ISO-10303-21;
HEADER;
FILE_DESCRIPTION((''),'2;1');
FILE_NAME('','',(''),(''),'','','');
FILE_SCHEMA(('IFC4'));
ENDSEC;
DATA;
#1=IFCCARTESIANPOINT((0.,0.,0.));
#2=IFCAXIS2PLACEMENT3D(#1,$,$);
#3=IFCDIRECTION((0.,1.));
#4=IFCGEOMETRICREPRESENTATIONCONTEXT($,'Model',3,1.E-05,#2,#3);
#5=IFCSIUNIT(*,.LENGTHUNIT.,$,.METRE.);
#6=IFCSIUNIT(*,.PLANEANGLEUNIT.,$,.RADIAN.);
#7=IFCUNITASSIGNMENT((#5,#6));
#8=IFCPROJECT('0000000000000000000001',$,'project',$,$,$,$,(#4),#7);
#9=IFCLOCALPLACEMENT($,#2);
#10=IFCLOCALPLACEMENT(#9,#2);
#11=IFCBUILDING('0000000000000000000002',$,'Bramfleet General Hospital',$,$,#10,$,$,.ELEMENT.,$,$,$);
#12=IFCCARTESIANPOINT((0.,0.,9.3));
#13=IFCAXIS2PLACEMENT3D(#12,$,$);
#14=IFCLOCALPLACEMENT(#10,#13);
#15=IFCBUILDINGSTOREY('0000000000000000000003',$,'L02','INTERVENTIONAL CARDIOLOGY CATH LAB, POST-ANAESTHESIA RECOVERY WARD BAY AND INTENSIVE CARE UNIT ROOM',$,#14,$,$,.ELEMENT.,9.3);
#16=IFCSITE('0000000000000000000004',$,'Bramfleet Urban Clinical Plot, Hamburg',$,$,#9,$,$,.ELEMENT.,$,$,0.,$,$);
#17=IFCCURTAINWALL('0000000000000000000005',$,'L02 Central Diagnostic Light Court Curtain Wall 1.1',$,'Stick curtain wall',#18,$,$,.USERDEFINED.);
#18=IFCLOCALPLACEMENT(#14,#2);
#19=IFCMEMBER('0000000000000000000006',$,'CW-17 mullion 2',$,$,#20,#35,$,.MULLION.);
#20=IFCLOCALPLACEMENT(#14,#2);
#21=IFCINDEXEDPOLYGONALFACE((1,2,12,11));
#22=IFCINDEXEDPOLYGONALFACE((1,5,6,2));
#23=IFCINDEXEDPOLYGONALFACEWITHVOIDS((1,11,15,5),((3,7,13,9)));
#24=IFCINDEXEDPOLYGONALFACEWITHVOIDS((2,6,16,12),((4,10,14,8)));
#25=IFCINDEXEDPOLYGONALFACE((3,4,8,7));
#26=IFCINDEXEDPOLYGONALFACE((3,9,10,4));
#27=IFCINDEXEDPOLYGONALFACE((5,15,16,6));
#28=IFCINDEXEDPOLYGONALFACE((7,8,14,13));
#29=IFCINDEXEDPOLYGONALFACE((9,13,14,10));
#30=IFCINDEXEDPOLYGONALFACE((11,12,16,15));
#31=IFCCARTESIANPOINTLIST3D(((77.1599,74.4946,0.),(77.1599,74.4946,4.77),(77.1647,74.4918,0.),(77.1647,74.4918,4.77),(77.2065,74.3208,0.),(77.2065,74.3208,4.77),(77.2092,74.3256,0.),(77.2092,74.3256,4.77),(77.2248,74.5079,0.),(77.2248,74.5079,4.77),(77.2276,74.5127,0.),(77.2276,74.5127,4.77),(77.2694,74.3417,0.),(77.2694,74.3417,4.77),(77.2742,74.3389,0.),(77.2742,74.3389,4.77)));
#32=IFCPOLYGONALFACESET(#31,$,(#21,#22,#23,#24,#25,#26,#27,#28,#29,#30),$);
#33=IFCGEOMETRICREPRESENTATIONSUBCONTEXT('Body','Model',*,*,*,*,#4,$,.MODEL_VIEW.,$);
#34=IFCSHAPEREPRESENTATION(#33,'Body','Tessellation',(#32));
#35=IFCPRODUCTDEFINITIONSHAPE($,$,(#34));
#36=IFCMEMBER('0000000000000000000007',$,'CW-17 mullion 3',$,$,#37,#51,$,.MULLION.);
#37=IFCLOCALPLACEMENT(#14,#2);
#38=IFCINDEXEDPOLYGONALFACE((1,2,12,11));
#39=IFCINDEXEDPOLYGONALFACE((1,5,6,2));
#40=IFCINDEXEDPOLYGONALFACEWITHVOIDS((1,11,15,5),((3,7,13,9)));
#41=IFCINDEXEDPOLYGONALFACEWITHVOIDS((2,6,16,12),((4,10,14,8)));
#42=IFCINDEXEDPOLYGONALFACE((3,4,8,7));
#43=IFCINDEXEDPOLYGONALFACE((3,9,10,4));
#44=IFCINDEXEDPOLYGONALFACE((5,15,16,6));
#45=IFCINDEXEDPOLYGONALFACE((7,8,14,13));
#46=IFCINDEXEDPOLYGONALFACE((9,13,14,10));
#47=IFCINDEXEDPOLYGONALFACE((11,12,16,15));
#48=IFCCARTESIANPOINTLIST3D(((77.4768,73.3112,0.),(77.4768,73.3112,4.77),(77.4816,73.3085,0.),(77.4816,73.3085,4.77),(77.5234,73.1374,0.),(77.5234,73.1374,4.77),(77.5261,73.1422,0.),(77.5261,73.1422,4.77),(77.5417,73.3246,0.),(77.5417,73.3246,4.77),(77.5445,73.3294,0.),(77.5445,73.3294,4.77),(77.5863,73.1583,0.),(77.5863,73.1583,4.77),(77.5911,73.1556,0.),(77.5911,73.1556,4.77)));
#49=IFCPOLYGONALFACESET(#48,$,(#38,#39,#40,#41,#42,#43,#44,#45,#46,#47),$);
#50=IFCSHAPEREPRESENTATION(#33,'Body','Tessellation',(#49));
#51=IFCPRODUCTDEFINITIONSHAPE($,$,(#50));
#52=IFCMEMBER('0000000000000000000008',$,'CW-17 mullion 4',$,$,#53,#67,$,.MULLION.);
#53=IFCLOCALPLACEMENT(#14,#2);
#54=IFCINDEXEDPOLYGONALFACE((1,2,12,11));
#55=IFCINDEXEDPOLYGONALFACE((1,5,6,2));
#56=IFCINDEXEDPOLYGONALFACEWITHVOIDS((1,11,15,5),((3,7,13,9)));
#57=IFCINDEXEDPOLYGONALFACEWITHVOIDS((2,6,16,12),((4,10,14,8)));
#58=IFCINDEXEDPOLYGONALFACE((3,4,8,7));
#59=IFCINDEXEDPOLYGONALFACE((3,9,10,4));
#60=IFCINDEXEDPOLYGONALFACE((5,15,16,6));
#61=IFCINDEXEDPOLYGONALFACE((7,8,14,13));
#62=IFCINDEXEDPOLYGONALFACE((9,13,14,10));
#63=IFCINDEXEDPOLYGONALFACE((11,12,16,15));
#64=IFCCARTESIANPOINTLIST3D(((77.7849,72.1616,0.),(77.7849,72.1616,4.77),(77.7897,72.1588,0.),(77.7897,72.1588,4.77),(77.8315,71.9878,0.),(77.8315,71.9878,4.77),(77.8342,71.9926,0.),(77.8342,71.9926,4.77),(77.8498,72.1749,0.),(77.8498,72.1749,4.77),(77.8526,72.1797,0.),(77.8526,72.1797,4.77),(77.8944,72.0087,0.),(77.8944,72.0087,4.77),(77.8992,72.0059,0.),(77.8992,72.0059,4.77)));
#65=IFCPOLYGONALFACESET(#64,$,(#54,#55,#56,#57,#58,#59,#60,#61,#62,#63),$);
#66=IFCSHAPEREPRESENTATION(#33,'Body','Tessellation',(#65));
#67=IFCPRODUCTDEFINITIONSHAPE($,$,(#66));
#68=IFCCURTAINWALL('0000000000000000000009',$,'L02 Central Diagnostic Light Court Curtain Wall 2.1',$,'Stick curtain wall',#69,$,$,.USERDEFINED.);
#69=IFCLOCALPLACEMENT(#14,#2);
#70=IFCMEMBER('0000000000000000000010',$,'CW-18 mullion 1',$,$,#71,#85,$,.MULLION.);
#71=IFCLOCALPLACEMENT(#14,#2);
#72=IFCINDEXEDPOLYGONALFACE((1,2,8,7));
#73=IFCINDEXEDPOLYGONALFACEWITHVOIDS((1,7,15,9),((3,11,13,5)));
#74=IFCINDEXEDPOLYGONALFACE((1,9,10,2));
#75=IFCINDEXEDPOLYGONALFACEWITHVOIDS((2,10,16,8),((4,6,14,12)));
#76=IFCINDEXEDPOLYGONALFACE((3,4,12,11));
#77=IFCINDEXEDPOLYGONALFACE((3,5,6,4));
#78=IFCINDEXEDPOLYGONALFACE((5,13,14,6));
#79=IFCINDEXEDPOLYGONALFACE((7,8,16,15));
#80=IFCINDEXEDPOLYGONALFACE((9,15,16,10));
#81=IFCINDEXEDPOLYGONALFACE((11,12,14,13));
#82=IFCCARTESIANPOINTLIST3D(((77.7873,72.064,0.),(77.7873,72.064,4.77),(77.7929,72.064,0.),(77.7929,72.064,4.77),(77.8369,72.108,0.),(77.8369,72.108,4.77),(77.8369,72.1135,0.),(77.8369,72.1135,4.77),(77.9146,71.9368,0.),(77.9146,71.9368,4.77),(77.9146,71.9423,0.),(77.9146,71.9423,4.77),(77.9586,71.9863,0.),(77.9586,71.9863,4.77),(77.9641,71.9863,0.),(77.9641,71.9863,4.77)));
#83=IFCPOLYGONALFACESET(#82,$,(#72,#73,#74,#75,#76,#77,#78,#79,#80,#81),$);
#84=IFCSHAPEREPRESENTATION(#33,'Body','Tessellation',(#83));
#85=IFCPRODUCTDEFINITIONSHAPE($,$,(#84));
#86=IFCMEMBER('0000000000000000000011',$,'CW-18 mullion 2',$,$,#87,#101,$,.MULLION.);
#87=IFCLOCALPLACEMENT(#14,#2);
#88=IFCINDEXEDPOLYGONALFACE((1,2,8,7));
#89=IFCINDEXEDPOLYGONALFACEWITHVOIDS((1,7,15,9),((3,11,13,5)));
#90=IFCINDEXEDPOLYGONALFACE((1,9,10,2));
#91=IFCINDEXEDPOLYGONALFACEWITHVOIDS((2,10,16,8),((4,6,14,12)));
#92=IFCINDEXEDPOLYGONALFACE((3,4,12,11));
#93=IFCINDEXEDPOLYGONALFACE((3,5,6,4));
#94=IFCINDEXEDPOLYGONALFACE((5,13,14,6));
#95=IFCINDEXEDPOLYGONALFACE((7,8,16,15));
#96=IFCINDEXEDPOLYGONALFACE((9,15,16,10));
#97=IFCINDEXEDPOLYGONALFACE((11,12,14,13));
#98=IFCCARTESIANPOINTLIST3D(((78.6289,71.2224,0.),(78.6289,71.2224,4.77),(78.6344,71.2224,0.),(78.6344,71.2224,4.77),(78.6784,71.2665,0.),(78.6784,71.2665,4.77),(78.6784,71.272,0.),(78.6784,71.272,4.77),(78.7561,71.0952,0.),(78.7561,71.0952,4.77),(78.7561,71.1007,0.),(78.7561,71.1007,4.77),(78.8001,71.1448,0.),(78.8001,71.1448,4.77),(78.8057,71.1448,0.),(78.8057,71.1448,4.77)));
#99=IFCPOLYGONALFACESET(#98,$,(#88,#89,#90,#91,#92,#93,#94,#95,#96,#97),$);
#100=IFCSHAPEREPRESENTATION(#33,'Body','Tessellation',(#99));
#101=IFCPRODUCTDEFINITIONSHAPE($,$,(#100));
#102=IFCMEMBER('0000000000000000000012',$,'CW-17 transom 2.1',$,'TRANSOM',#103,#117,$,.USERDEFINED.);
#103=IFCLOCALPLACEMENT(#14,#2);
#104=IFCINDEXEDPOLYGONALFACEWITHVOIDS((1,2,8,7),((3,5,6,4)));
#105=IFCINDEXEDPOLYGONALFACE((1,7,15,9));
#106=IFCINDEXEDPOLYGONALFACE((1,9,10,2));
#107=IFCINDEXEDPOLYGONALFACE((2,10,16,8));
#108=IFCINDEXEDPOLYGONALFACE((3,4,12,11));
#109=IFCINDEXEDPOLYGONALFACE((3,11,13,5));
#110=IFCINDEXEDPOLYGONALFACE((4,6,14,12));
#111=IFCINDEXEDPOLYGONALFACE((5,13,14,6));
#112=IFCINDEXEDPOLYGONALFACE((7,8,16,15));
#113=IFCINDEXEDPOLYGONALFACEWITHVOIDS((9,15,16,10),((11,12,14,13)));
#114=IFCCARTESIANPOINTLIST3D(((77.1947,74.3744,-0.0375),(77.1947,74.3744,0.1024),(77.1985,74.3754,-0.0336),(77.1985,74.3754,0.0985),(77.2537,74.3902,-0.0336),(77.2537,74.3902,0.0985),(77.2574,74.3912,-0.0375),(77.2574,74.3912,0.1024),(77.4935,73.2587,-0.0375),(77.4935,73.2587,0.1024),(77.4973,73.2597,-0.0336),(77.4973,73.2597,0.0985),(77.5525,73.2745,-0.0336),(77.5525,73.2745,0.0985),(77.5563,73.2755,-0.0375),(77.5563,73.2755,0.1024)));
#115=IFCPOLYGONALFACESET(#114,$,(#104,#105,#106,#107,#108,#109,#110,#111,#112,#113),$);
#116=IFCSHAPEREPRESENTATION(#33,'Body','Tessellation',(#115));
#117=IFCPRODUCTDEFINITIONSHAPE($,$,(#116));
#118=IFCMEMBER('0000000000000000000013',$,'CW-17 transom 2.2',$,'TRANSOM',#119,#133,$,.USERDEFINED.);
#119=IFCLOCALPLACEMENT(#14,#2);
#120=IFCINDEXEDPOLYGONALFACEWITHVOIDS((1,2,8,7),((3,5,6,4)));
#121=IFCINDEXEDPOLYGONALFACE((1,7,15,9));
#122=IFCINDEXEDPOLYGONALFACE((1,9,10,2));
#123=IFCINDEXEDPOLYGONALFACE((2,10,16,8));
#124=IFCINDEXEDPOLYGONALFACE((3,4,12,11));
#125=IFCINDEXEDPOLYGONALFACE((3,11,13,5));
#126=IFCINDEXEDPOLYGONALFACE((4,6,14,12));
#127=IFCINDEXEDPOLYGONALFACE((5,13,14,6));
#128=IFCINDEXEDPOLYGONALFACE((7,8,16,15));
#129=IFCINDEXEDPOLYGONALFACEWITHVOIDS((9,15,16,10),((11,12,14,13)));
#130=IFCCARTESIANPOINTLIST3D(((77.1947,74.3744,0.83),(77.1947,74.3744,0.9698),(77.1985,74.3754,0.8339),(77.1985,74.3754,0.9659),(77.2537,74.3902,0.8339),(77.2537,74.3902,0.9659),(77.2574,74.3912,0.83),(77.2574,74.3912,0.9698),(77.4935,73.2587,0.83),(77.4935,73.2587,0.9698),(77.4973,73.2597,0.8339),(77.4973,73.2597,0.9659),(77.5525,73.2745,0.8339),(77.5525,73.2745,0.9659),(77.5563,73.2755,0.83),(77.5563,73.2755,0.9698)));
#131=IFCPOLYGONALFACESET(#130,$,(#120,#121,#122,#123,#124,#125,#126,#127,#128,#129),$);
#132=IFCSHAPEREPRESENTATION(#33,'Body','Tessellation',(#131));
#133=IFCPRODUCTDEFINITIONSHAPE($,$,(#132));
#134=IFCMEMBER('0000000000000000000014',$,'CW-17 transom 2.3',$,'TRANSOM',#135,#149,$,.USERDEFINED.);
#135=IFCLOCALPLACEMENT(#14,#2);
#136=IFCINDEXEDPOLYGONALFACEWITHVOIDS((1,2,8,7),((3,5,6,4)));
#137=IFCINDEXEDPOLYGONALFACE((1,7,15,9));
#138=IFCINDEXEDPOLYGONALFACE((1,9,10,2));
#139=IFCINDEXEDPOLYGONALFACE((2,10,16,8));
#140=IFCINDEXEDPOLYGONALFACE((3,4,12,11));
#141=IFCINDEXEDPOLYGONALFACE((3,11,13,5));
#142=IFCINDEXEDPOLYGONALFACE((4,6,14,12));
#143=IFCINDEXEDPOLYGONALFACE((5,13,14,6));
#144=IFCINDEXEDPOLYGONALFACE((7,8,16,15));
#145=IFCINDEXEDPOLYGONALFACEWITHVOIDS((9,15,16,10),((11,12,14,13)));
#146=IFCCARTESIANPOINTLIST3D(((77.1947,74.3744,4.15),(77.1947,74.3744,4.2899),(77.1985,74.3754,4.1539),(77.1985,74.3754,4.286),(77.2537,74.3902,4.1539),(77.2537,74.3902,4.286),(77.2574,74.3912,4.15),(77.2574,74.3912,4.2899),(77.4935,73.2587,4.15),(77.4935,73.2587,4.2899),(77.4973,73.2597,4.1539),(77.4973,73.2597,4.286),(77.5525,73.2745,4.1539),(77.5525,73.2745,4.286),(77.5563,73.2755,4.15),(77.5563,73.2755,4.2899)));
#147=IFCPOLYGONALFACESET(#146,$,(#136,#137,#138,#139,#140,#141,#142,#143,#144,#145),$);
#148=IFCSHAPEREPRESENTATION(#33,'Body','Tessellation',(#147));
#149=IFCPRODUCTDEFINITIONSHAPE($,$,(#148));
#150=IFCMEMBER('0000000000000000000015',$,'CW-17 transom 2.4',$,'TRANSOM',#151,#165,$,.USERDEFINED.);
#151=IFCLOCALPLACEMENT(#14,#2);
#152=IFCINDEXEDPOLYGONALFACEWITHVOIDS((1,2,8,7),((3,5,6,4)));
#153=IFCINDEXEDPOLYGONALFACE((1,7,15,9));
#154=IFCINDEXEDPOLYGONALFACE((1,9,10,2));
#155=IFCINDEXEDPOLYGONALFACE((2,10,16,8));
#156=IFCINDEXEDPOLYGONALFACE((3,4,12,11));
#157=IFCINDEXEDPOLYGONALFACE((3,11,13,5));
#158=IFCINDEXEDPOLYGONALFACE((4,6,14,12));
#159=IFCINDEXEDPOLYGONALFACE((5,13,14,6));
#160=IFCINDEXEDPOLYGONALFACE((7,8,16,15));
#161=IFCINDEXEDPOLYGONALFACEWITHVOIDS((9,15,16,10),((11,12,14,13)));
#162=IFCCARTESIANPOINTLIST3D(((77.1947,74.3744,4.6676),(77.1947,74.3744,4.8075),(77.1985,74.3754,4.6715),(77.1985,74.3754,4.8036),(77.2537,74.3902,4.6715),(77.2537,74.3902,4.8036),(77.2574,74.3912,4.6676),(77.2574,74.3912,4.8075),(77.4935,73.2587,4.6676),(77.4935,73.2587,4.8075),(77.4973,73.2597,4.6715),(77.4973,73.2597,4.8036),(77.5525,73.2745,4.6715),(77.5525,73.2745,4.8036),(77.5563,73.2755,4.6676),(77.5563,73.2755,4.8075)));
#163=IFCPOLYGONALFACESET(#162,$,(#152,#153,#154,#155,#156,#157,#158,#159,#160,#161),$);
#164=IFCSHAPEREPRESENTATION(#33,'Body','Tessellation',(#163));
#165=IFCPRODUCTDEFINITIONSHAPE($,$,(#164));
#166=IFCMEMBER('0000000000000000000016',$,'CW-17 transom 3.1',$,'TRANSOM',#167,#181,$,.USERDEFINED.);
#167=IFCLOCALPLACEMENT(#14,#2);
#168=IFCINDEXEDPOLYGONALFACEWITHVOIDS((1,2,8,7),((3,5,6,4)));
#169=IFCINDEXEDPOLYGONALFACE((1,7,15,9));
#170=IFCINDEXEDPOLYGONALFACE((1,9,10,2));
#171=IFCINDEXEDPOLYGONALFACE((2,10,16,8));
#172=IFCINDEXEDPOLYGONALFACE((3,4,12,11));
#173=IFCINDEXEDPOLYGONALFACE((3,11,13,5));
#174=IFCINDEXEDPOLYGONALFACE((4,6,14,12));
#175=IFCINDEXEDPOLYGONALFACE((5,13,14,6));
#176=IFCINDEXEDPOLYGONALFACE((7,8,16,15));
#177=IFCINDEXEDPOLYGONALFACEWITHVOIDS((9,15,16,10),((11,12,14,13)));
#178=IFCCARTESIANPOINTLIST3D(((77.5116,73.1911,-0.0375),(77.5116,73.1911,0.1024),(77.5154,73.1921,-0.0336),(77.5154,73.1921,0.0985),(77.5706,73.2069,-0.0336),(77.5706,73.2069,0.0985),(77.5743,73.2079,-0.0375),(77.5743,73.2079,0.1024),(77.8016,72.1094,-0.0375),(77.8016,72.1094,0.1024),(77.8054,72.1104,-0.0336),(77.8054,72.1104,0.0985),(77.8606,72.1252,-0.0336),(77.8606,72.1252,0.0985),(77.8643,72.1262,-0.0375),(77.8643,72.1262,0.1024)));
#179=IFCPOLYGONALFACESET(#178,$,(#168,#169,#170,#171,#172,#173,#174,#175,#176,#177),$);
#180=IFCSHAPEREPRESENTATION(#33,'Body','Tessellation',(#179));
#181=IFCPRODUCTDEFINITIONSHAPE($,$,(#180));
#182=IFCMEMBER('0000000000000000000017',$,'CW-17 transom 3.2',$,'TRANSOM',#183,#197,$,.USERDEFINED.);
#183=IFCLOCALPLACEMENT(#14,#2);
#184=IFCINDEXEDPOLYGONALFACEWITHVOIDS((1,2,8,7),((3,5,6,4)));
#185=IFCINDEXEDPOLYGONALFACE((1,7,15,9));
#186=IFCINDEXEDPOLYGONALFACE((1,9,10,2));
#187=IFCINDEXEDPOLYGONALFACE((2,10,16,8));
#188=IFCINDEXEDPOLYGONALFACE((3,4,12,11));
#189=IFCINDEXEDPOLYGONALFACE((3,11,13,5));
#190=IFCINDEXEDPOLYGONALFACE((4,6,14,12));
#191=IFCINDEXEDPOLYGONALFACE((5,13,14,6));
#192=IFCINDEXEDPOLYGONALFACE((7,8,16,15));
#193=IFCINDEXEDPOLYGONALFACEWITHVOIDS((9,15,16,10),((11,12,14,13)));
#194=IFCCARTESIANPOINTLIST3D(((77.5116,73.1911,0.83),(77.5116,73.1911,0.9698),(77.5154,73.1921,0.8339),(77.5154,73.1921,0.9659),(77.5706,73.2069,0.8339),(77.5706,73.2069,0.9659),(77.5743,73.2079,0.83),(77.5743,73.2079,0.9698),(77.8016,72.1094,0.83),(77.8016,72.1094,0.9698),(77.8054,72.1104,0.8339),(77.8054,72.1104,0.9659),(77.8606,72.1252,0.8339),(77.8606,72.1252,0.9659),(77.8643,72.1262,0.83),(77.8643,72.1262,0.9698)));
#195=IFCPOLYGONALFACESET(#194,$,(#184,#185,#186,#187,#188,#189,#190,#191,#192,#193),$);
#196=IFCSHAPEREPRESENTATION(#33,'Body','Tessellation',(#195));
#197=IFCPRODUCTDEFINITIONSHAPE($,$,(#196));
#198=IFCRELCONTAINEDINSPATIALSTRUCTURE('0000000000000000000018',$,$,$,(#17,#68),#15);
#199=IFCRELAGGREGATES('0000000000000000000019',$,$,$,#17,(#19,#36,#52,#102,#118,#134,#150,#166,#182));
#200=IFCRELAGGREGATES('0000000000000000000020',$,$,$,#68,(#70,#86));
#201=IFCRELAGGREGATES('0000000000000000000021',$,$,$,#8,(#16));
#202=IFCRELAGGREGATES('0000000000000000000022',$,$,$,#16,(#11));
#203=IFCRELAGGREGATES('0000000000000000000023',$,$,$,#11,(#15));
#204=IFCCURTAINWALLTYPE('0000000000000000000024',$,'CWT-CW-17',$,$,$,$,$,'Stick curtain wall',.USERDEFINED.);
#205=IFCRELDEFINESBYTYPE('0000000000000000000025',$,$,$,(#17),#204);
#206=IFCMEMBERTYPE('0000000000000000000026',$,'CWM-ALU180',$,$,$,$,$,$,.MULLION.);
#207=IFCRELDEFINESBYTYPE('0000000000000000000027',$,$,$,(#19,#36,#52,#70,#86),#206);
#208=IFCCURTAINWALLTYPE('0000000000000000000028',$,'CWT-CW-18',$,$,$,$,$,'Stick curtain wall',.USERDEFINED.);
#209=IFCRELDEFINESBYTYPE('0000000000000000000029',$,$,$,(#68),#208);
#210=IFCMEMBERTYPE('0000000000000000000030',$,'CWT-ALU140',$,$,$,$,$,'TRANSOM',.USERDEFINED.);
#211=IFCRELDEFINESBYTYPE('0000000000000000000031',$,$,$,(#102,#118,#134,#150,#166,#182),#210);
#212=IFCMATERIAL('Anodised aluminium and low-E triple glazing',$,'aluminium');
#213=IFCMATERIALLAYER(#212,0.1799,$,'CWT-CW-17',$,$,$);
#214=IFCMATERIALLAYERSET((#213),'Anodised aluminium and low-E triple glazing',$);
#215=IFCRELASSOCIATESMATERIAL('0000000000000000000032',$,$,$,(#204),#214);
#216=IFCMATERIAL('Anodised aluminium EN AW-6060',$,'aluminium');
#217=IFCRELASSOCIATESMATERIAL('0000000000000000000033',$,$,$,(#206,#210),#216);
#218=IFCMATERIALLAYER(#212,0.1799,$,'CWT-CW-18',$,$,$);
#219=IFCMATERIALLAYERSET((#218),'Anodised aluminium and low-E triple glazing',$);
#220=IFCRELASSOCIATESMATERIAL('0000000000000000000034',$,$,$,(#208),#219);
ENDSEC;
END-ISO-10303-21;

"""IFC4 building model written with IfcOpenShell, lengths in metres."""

from ifc_helpers import new_model, si_unit, direction, frame, origin, origin_2d, place, context, subcontext, project, spatial, hollow_rectangle, extrude, material, layer, layer_set, material_profile, profile_set, type_object, element, aggregate, save


model = new_model("IFC4")

# Units and contexts
model_context = context("Model", 3, precision=1e-05, world=origin(), true_north=direction((0.0, 1.0)))
body_context = subcontext(model_context, "Body", "Model", "MODEL_VIEW")
ifc_project = project(units=[si_unit("LENGTHUNIT", "METRE"), si_unit("PLANEANGLEUNIT", "RADIAN")], contexts=[model_context])

# Site, building, storey
site_placement = place(None, origin())
site = spatial("IfcSite", under=ifc_project, at=site_placement, Name="Bramfleet Urban Clinical Plot, Hamburg", CompositionType="ELEMENT", RefElevation=0.0)
building_placement = place(site_placement, origin())
building = spatial("IfcBuilding", under=site, at=building_placement, Name="Bramfleet General Hospital", CompositionType="ELEMENT")
storey_placement = place(building_placement, frame((0.0, 0.0, 9.3)))
storey = spatial("IfcBuildingStorey", under=building, at=storey_placement, Name="L02", Description="INTERVENTIONAL CARDIOLOGY CATH LAB, POST-ANAESTHESIA RECOVERY WARD BAY AND INTENSIVE CARE UNIT ROOM", CompositionType="ELEMENT", Elevation=9.3)

# Curtain walls, members
ifc_material_1 = material(Name="Anodised aluminium and low-E triple glazing", Category="aluminium")
ifc_layer_1 = layer(ifc_material_1, 0.1799, Name="CWT-CW-17")
ifc_layer_set_1 = layer_set([ifc_layer_1], Name="Anodised aluminium and low-E triple glazing")
curtain_wall_type_1 = type_object("IfcCurtainWallType", Name="CWT-CW-17", ElementType="Stick curtain wall", PredefinedType="USERDEFINED", material=ifc_layer_set_1)
curtain_wall_1_placement = place(storey_placement, origin())
curtain_wall_1 = element("IfcCurtainWall", 1, at=curtain_wall_1_placement, inside=storey, type_object=curtain_wall_type_1, Name="L02 Central Diagnostic Light Court Curtain Wall 1.1", ObjectType="Stick curtain wall", PredefinedType="USERDEFINED")
ifc_material_2 = material(Name="Anodised aluminium EN AW-6060", Category="aluminium")
ifc_material_profile_1 = material_profile(ifc_material_2, hollow_rectangle(XDim=0.0701, YDim=0.1799, WallThickness=0.0039, at=origin_2d()), Name="ALU 180x70x4.0")
ifc_profile_set_1 = profile_set([ifc_material_profile_1], Name="Anodised aluminium EN AW-6060")
member_type_1 = type_object("IfcMemberType", Name="CWM-ALU180", PredefinedType="MULLION", material=ifc_profile_set_1)
member_1_placement = place(storey_placement, frame((77.217, 74.4167, 0.0), z_axis=(0.0, 0.0, 1.0), x_axis=(0.965941, 0.258763, 0.0)))
member_1 = element("IfcMember", 2, at=member_1_placement, type_object=member_type_1, Name="CW-17 mullion 2", PredefinedType="MULLION", context=body_context, shape_type="SweptSolid", body=[
    extrude(hollow_rectangle(XDim=0.0701, YDim=0.1799, WallThickness=0.0039, at=origin_2d()), origin(), (0.0, 0.0, 1.0), 4.77),
])
member_2_placement = place(storey_placement, frame((77.5339, 73.2334, 0.0), z_axis=(0.0, 0.0, 1.0), x_axis=(0.965941, 0.258763, 0.0)))
member_2 = element("IfcMember", 3, at=member_2_placement, type_object=member_type_1, Name="CW-17 mullion 3", PredefinedType="MULLION", context=body_context, shape_type="SweptSolid", body=[
    extrude(hollow_rectangle(XDim=0.0701, YDim=0.1799, WallThickness=0.0039, at=origin_2d()), origin(), (0.0, 0.0, 1.0), 4.77),
])
member_3_placement = place(storey_placement, frame((77.842, 72.0837, 0.0), z_axis=(0.0, 0.0, 1.0), x_axis=(0.965941, 0.258763, 0.0)))
member_3 = element("IfcMember", 4, at=member_3_placement, type_object=member_type_1, Name="CW-17 mullion 4", PredefinedType="MULLION", context=body_context, shape_type="SweptSolid", body=[
    extrude(hollow_rectangle(XDim=0.0701, YDim=0.1799, WallThickness=0.0039, at=origin_2d()), origin(), (0.0, 0.0, 1.0), 4.77),
])
ifc_layer_2 = layer(ifc_material_1, 0.1799, Name="CWT-CW-18")
ifc_layer_set_2 = layer_set([ifc_layer_2], Name="Anodised aluminium and low-E triple glazing")
curtain_wall_type_2 = type_object("IfcCurtainWallType", Name="CWT-CW-18", ElementType="Stick curtain wall", PredefinedType="USERDEFINED", material=ifc_layer_set_2)
curtain_wall_2_placement = place(storey_placement, origin())
curtain_wall_2 = element("IfcCurtainWall", 5, at=curtain_wall_2_placement, inside=storey, type_object=curtain_wall_type_2, Name="L02 Central Diagnostic Light Court Curtain Wall 2.1", ObjectType="Stick curtain wall", PredefinedType="USERDEFINED")
member_4_placement = place(storey_placement, frame((77.8757, 72.0251, 0.0), z_axis=(0.0, 0.0, 1.0), x_axis=(0.707107, 0.707107, 0.0)))
member_4 = element("IfcMember", 6, at=member_4_placement, type_object=member_type_1, Name="CW-18 mullion 1", PredefinedType="MULLION", context=body_context, shape_type="SweptSolid", body=[
    extrude(hollow_rectangle(XDim=0.0701, YDim=0.1799, WallThickness=0.0039, at=origin_2d()), origin(), (0.0, 0.0, 1.0), 4.77),
])
member_5_placement = place(storey_placement, frame((78.7173, 71.1836, 0.0), z_axis=(0.0, 0.0, 1.0), x_axis=(0.707107, 0.707107, 0.0)))
member_5 = element("IfcMember", 7, at=member_5_placement, type_object=member_type_1, Name="CW-18 mullion 2", PredefinedType="MULLION", context=body_context, shape_type="SweptSolid", body=[
    extrude(hollow_rectangle(XDim=0.0701, YDim=0.1799, WallThickness=0.0039, at=origin_2d()), origin(), (0.0, 0.0, 1.0), 4.77),
])

# Members
ifc_material_profile_2 = material_profile(ifc_material_2, hollow_rectangle(XDim=0.0649, YDim=0.1399, WallThickness=0.0039, at=origin_2d()), Name="ALU 140x65x4.0")
ifc_profile_set_2 = profile_set([ifc_material_profile_2], Name="Anodised aluminium EN AW-6060")
member_type_2 = type_object("IfcMemberType", Name="CWT-ALU140", ElementType="TRANSOM", PredefinedType="USERDEFINED", material=ifc_profile_set_2)
member_6_placement = place(storey_placement, frame((77.2261, 74.3828, 0.0325), z_axis=(0.258715, -0.965954, 0.0), x_axis=(0.965954, 0.258715, 0.0)))
member_6 = element("IfcMember", 8, at=member_6_placement, type_object=member_type_2, Name="CW-17 transom 2.1", ObjectType="TRANSOM", PredefinedType="USERDEFINED", context=body_context, shape_type="SweptSolid", body=[
    extrude(hollow_rectangle(XDim=0.0649, YDim=0.1399, WallThickness=0.0039, at=origin_2d()), origin(), (0.0, 0.0, 1.0), 1.155),
])
member_7_placement = place(storey_placement, frame((77.2261, 74.3828, 0.8999), z_axis=(0.258715, -0.965954, 0.0), x_axis=(0.965954, 0.258715, 0.0)))
member_7 = element("IfcMember", 9, at=member_7_placement, type_object=member_type_2, Name="CW-17 transom 2.2", ObjectType="TRANSOM", PredefinedType="USERDEFINED", context=body_context, shape_type="SweptSolid", body=[
    extrude(hollow_rectangle(XDim=0.0649, YDim=0.1399, WallThickness=0.0039, at=origin_2d()), origin(), (0.0, 0.0, 1.0), 1.155),
])
member_8_placement = place(storey_placement, frame((77.2261, 74.3828, 4.22), z_axis=(0.258715, -0.965954, 0.0), x_axis=(0.965954, 0.258715, 0.0)))
member_8 = element("IfcMember", 10, at=member_8_placement, type_object=member_type_2, Name="CW-17 transom 2.3", ObjectType="TRANSOM", PredefinedType="USERDEFINED", context=body_context, shape_type="SweptSolid", body=[
    extrude(hollow_rectangle(XDim=0.0649, YDim=0.1399, WallThickness=0.0039, at=origin_2d()), origin(), (0.0, 0.0, 1.0), 1.155),
])
member_9_placement = place(storey_placement, frame((77.2261, 74.3828, 4.7375), z_axis=(0.258715, -0.965954, 0.0), x_axis=(0.965954, 0.258715, 0.0)))
member_9 = element("IfcMember", 11, at=member_9_placement, type_object=member_type_2, Name="CW-17 transom 2.4", ObjectType="TRANSOM", PredefinedType="USERDEFINED", context=body_context, shape_type="SweptSolid", body=[
    extrude(hollow_rectangle(XDim=0.0649, YDim=0.1399, WallThickness=0.0039, at=origin_2d()), origin(), (0.0, 0.0, 1.0), 1.155),
])
member_10_placement = place(storey_placement, frame((77.543, 73.1995, 0.0325), z_axis=(0.258965, -0.965887, 0.0), x_axis=(0.965887, 0.258965, 0.0)))
member_10 = element("IfcMember", 12, at=member_10_placement, type_object=member_type_2, Name="CW-17 transom 3.1", ObjectType="TRANSOM", PredefinedType="USERDEFINED", context=body_context, shape_type="SweptSolid", body=[
    extrude(hollow_rectangle(XDim=0.0649, YDim=0.1399, WallThickness=0.0039, at=origin_2d()), origin(), (0.0, 0.0, 1.0), 1.1199),
])
member_11_placement = place(storey_placement, frame((77.543, 73.1995, 0.8999), z_axis=(0.258965, -0.965887, 0.0), x_axis=(0.965887, 0.258965, 0.0)))
member_11 = element("IfcMember", 13, at=member_11_placement, type_object=member_type_2, Name="CW-17 transom 3.2", ObjectType="TRANSOM", PredefinedType="USERDEFINED", context=body_context, shape_type="SweptSolid", body=[
    extrude(hollow_rectangle(XDim=0.0649, YDim=0.1399, WallThickness=0.0039, at=origin_2d()), origin(), (0.0, 0.0, 1.0), 1.1199),
])

aggregate(curtain_wall_1, [member_1, member_2, member_3, member_6, member_7, member_8, member_9, member_10, member_11])
aggregate(curtain_wall_2, [member_4, member_5])

save(model, "model.ifc")
